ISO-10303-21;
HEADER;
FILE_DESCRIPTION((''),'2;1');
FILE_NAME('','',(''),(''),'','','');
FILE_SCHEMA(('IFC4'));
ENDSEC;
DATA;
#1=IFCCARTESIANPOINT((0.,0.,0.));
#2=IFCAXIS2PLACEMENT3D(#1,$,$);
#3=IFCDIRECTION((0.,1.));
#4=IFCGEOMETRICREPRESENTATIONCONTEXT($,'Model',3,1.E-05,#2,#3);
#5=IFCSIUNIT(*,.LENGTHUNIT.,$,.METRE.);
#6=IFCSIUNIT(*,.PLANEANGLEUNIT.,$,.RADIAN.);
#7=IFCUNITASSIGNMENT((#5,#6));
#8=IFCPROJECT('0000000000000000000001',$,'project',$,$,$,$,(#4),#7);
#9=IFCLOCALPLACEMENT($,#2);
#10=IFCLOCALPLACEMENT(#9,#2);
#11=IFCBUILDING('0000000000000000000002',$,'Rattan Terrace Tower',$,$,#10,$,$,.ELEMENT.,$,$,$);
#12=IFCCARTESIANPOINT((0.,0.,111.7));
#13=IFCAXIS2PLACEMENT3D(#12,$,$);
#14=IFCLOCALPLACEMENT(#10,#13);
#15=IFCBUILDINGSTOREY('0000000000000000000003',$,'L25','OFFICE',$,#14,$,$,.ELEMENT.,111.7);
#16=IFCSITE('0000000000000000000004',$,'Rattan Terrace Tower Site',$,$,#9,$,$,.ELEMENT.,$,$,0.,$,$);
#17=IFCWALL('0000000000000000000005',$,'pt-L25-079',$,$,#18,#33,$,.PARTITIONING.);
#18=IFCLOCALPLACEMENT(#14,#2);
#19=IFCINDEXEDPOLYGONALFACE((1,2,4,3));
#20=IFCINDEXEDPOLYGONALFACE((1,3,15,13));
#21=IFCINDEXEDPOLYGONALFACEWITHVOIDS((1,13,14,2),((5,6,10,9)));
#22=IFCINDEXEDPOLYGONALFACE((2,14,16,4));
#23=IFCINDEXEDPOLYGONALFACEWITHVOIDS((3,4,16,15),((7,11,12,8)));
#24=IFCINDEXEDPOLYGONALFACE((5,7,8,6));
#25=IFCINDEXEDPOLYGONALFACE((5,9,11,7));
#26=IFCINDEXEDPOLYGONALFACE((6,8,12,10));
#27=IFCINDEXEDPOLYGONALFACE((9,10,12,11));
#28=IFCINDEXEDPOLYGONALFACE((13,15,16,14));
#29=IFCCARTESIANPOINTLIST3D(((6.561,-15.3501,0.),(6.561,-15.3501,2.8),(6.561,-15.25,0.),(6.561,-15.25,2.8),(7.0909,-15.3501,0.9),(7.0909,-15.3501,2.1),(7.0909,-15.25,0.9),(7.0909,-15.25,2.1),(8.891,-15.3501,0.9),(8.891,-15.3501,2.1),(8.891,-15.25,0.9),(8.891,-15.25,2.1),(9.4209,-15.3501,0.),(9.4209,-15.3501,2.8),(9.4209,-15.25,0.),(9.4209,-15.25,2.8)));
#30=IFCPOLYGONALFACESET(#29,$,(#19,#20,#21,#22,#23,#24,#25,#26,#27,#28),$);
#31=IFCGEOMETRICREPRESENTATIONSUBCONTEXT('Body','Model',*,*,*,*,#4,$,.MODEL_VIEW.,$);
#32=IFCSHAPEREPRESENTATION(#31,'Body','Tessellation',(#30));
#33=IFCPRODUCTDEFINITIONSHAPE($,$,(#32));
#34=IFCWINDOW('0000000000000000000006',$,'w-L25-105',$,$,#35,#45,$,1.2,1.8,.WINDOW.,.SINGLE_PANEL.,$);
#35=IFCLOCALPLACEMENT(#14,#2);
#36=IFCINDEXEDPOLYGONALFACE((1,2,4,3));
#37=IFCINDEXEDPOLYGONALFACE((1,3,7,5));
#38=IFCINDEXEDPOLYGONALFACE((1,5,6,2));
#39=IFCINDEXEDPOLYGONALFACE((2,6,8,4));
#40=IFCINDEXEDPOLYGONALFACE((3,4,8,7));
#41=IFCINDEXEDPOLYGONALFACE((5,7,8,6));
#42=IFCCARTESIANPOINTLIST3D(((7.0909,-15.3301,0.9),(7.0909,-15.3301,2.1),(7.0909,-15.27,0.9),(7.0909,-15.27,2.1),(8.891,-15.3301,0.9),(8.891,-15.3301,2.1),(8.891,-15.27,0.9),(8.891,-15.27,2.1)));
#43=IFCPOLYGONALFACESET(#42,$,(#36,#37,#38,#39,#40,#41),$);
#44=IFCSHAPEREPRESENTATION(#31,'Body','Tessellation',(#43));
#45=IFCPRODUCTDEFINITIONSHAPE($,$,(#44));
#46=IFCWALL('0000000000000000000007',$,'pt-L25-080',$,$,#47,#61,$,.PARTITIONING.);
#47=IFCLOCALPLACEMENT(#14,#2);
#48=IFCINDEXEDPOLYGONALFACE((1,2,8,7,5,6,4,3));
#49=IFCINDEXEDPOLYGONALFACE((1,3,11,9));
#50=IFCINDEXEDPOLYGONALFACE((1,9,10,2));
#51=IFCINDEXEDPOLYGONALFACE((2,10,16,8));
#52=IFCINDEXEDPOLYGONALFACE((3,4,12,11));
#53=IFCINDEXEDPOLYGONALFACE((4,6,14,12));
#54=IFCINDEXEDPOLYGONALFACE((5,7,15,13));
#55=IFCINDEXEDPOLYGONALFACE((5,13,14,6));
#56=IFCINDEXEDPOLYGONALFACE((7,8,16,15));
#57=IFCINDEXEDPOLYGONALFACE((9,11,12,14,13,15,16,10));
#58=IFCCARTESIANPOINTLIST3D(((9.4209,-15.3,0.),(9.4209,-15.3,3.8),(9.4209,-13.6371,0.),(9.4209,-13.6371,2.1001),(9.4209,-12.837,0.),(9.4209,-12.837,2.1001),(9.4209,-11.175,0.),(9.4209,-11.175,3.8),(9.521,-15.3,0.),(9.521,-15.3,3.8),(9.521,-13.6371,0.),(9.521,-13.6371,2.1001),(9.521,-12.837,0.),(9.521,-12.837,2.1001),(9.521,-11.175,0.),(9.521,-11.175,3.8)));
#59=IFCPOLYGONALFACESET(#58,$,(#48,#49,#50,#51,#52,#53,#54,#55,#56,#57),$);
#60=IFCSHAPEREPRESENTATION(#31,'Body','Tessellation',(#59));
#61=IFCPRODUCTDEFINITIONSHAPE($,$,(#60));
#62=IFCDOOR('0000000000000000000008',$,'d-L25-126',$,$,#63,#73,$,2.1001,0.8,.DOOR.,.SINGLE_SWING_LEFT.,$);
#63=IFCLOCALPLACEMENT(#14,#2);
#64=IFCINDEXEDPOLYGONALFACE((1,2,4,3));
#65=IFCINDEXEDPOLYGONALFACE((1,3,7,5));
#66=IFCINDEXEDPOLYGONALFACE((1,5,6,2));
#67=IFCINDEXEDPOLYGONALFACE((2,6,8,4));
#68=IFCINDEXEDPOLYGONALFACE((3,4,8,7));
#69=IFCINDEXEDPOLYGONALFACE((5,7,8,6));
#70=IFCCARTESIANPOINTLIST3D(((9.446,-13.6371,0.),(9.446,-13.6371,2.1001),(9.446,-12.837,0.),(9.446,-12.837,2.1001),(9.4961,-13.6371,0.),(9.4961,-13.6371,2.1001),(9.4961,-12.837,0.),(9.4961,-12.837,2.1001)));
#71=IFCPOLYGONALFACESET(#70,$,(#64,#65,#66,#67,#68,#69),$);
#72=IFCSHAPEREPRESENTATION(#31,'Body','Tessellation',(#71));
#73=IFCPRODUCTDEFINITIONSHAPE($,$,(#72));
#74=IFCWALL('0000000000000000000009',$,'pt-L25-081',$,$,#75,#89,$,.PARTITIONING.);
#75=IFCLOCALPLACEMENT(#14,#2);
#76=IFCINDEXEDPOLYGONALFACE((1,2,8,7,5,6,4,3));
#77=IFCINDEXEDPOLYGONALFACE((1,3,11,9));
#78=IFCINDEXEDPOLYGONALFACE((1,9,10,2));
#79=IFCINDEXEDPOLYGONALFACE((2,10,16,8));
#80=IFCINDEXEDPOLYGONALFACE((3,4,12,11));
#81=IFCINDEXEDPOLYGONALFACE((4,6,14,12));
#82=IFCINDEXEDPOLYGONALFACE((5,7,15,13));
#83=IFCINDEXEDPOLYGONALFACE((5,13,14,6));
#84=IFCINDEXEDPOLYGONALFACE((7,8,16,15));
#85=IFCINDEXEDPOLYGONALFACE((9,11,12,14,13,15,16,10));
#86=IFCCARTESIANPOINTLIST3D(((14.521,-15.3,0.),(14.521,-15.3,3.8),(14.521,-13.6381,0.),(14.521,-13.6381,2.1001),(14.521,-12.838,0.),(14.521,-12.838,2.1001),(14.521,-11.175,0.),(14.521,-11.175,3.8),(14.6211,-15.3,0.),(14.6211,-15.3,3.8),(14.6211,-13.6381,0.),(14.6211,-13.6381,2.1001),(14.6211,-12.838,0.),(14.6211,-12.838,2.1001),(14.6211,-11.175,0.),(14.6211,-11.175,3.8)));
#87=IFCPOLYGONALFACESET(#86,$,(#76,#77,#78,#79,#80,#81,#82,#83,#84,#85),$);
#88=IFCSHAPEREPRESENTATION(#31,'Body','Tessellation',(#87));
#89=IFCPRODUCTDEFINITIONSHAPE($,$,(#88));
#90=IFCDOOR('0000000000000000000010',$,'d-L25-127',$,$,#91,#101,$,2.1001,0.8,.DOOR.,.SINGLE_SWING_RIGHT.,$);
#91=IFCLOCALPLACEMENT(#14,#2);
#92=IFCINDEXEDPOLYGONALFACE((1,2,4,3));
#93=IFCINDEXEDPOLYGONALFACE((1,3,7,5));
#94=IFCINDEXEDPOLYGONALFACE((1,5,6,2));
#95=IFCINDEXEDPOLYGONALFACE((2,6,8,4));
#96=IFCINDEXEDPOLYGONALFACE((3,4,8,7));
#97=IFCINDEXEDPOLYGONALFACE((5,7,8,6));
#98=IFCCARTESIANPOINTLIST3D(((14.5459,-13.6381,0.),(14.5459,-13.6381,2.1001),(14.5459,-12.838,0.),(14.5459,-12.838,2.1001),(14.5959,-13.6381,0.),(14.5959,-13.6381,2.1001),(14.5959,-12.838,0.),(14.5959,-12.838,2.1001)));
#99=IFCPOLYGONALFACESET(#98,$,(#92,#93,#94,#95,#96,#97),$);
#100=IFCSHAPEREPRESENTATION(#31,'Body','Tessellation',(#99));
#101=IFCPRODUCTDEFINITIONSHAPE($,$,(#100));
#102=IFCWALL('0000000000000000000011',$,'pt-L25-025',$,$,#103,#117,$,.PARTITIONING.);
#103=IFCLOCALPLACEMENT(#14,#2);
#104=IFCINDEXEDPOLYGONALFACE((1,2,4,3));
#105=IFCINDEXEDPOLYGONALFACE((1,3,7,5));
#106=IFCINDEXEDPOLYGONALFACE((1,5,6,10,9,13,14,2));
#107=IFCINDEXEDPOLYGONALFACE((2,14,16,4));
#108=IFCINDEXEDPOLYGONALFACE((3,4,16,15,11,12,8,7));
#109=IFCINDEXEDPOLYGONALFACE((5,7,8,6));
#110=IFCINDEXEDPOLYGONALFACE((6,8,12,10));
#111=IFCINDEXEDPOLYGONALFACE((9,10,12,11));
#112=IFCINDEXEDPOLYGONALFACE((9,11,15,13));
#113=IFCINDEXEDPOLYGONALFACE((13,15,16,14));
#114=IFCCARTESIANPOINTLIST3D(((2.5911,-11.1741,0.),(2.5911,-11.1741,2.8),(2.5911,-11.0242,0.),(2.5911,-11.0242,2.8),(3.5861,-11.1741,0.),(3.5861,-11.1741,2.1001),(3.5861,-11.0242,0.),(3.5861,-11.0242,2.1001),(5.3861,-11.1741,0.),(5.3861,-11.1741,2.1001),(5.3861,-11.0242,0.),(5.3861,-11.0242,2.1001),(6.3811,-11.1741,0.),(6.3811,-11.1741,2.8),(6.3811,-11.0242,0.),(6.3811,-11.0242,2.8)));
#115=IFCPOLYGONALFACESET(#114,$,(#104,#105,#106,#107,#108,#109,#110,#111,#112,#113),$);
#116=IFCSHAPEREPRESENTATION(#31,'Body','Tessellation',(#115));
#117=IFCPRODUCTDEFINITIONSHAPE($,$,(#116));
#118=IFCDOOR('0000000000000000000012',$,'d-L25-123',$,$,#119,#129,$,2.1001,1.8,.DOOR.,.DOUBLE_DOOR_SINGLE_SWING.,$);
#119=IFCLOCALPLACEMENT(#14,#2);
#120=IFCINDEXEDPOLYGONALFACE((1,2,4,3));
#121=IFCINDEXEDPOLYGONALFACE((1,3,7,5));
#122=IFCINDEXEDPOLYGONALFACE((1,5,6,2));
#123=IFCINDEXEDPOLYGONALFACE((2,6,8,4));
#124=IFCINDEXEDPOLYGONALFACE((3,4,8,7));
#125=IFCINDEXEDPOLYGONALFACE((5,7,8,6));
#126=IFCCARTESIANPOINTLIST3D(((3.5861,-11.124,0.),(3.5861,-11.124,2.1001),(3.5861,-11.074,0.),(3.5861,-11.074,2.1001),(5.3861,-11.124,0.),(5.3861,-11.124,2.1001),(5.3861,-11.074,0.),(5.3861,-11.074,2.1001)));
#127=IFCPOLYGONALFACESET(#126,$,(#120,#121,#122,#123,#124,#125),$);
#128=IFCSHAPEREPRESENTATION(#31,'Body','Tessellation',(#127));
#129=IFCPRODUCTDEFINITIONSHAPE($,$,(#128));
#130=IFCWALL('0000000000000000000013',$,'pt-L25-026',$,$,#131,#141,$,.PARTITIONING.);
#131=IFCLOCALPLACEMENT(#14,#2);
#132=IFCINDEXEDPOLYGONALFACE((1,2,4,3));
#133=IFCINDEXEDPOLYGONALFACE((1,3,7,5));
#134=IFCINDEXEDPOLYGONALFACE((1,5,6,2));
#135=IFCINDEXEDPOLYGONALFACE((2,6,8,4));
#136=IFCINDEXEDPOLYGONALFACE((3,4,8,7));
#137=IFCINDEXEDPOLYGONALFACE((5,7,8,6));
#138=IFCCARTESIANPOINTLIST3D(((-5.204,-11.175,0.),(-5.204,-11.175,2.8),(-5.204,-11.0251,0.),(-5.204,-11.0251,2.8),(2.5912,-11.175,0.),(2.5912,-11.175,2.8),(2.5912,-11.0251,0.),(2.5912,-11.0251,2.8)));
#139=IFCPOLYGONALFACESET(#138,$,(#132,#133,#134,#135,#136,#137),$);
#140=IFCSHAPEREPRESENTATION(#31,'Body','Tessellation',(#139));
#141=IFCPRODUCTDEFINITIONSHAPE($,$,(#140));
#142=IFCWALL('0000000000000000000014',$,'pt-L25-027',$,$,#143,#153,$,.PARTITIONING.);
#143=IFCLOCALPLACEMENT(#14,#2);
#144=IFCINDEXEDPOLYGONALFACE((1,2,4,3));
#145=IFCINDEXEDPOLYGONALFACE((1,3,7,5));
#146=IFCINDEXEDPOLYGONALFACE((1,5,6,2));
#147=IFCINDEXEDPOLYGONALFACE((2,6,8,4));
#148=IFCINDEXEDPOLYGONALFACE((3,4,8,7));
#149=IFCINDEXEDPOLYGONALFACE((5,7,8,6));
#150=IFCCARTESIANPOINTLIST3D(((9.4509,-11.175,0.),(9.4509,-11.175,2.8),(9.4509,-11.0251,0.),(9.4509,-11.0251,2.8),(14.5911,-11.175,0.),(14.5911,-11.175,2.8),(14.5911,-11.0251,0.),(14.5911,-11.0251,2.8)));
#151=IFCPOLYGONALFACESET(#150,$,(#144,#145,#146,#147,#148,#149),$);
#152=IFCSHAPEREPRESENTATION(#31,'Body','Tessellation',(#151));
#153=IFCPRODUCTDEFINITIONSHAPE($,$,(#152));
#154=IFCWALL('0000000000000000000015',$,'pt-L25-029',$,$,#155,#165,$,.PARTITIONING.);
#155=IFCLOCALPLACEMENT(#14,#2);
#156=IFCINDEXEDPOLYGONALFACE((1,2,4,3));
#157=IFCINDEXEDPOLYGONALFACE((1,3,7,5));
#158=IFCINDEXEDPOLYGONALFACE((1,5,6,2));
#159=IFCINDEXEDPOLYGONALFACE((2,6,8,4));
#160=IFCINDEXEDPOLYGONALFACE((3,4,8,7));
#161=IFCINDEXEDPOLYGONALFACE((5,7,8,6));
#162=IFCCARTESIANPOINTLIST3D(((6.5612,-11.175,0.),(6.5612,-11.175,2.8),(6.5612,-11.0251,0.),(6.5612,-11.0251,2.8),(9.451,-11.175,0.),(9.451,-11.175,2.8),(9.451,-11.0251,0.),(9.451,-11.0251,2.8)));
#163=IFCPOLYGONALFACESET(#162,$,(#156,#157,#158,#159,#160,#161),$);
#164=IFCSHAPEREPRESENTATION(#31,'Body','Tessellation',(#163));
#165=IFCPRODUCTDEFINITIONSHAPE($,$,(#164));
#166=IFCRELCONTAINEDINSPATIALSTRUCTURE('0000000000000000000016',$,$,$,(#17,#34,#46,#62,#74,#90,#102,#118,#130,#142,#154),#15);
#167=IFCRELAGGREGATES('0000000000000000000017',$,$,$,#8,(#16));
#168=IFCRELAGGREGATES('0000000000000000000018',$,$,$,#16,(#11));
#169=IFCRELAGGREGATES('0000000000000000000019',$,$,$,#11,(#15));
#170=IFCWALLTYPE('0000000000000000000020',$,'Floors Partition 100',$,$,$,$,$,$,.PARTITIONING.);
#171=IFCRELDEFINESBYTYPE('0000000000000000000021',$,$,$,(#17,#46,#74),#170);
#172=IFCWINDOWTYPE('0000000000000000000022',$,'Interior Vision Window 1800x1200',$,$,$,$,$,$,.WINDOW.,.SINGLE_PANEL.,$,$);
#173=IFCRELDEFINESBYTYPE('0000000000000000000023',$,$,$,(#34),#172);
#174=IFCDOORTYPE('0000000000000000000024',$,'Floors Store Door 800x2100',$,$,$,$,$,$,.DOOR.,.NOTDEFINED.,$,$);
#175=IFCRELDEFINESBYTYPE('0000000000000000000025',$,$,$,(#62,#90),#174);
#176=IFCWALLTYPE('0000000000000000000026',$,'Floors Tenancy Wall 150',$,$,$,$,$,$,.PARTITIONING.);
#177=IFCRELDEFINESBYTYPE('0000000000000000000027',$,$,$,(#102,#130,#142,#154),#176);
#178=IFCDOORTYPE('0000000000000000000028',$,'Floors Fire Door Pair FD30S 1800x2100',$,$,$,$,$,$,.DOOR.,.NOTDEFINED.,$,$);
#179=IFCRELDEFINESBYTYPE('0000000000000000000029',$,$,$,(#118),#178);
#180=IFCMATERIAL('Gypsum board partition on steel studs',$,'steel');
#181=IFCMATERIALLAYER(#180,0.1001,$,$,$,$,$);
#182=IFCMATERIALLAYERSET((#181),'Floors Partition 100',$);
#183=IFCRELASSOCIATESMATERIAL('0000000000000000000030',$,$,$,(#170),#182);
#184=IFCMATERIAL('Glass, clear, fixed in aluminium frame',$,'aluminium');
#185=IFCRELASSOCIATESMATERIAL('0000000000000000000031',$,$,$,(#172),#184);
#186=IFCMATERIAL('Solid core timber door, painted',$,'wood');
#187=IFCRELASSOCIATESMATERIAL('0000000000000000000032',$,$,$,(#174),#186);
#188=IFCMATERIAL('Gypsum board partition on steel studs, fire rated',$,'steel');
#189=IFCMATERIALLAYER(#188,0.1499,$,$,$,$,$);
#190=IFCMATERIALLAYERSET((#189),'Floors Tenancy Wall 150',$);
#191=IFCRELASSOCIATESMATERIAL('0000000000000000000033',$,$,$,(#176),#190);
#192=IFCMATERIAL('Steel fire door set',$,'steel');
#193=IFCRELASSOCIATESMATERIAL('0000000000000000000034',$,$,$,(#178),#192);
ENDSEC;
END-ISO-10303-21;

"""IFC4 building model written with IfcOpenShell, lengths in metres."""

from ifc_helpers import new_model, si_unit, direction, frame, frame_2d, origin, place, context, subcontext, project, spatial, rectangle, extrude, material, layer, layer_set, type_object, element, fill, save


model = new_model("IFC4")

# Units and contexts
model_context = context("Model", 3, precision=1e-05, world=origin(), true_north=direction((0.0, 1.0)))
body_context = subcontext(model_context, "Body", "Model", "MODEL_VIEW")
ifc_project = project(units=[si_unit("LENGTHUNIT", "METRE"), si_unit("PLANEANGLEUNIT", "RADIAN")], contexts=[model_context])

# Site, building, storey
site_placement = place(None, origin())
site = spatial("IfcSite", under=ifc_project, at=site_placement, Name="Rattan Terrace Tower Site", CompositionType="ELEMENT", RefElevation=0.0)
building_placement = place(site_placement, origin())
building = spatial("IfcBuilding", under=site, at=building_placement, Name="Rattan Terrace Tower", CompositionType="ELEMENT")
storey_placement = place(building_placement, frame((0.0, 0.0, 111.7)))
storey = spatial("IfcBuildingStorey", under=building, at=storey_placement, Name="L25", Description="OFFICE", CompositionType="ELEMENT", Elevation=111.7)

# Wall, opening, window
ifc_material_1 = material(Name="Gypsum board partition on steel studs", Category="steel")
ifc_layer_1 = layer(ifc_material_1, 0.1001)
ifc_layer_set_1 = layer_set([ifc_layer_1], Name="Floors Partition 100")
wall_type_1 = type_object("IfcWallType", Name="Floors Partition 100", PredefinedType="PARTITIONING", material=ifc_layer_set_1)
wall_1_placement = place(storey_placement, frame((6.561, -15.3, 0.0), z_axis=(0.0, 0.0, 1.0), x_axis=(1.0, 0.0, 0.0)))
wall_1 = element("IfcWall", 1, at=wall_1_placement, inside=storey, type_object=wall_type_1, Name="pt-L25-079", PredefinedType="PARTITIONING", context=body_context, shape_type="SweptSolid", body=[
    extrude(rectangle(XDim=2.8599, YDim=0.1001, at=frame_2d((1.4299, 0.0))), origin(), (0.0, 0.0, 1.0), 2.8),
])
opening_1_placement = place(wall_1_placement, frame((0.53, 0.0, 0.8999)))
opening_1 = element("IfcOpeningElement", 2, at=opening_1_placement, cuts=wall_1, PredefinedType="OPENING", context=body_context, shape_type="SweptSolid", body=[
    extrude(rectangle(XDim=1.8, YDim=1.2, at=frame_2d((0.8999, 0.6001))), frame((0.0, 0.0605, 0.0), z_axis=(0.0, -1.0, 0.0), x_axis=(1.0, 0.0, 0.0)), (0.0, 0.0, 1.0), 0.1211),
])
ifc_material_2 = material(Name="Glass, clear, fixed in aluminium frame", Category="aluminium")
window_type = type_object("IfcWindowType", Name="Interior Vision Window 1800x1200", PartitioningType="SINGLE_PANEL", PredefinedType="WINDOW", material=ifc_material_2)
window_placement = place(opening_1_placement, origin())
window = element("IfcWindow", 3, at=window_placement, inside=storey, type_object=window_type, Name="w-L25-105", OverallHeight=1.2, OverallWidth=1.8, PartitioningType="SINGLE_PANEL", PredefinedType="WINDOW", context=body_context, shape_type="SweptSolid", body=[
    extrude(rectangle(XDim=1.8, YDim=1.2, at=frame_2d((0.8999, 0.6001))), frame((0.0, 0.03, 0.0), z_axis=(0.0, -1.0, 0.0), x_axis=(1.0, 0.0, 0.0)), (0.0, 0.0, 1.0), 0.0601),
])
fill(opening_1, window)

# Walls, openings, doors
wall_2_placement = place(storey_placement, frame((9.4709, -15.3, 0.0), z_axis=(0.0, 0.0, 1.0), x_axis=(0.0, 1.0, 0.0)))
wall_2 = element("IfcWall", 4, at=wall_2_placement, inside=storey, type_object=wall_type_1, Name="pt-L25-080", PredefinedType="PARTITIONING", context=body_context, shape_type="SweptSolid", body=[
    extrude(rectangle(XDim=4.125, YDim=0.1001, at=frame_2d((2.0625, 0.0))), origin(), (0.0, 0.0, 1.0), 3.8),
])
opening_2_placement = place(wall_2_placement, frame((1.6631, 0.0, 0.0)))
opening_2 = element("IfcOpeningElement", 5, at=opening_2_placement, cuts=wall_2, PredefinedType="OPENING", context=body_context, shape_type="SweptSolid", body=[
    extrude(rectangle(XDim=0.8, YDim=2.1001, at=frame_2d((0.3999, 1.05))), frame((0.0, 0.0605, 0.0), z_axis=(0.0, -1.0, 0.0), x_axis=(1.0, 0.0, 0.0)), (0.0, 0.0, 1.0), 0.1211),
])
ifc_material_3 = material(Name="Solid core timber door, painted", Category="wood")
door_type_1 = type_object("IfcDoorType", Name="Floors Store Door 800x2100", OperationType="NOTDEFINED", PredefinedType="DOOR", material=ifc_material_3)
door_1_placement = place(opening_2_placement, origin())
door_1 = element("IfcDoor", 6, at=door_1_placement, inside=storey, type_object=door_type_1, Name="d-L25-126", OperationType="SINGLE_SWING_LEFT", OverallHeight=2.1001, OverallWidth=0.8, PredefinedType="DOOR", context=body_context, shape_type="SweptSolid", body=[
    extrude(rectangle(XDim=0.8, YDim=2.1001, at=frame_2d((0.3999, 1.05))), frame((0.0, 0.0249, 0.0), z_axis=(0.0, -1.0, 0.0), x_axis=(1.0, 0.0, 0.0)), (0.0, 0.0, 1.0), 0.05),
])
fill(opening_2, door_1)
wall_3_placement = place(storey_placement, frame((14.571, -11.175, 0.0), z_axis=(0.0, 0.0, 1.0), x_axis=(0.0, -1.0, 0.0)))
wall_3 = element("IfcWall", 7, at=wall_3_placement, inside=storey, type_object=wall_type_1, Name="pt-L25-081", PredefinedType="PARTITIONING", context=body_context, shape_type="SweptSolid", body=[
    extrude(rectangle(XDim=4.125, YDim=0.1001, at=frame_2d((2.0625, 0.0))), origin(), (0.0, 0.0, 1.0), 3.8),
])
opening_3_placement = place(wall_3_placement, frame((1.6631, 0.0, 0.0)))
opening_3 = element("IfcOpeningElement", 8, at=opening_3_placement, cuts=wall_3, PredefinedType="OPENING", context=body_context, shape_type="SweptSolid", body=[
    extrude(rectangle(XDim=0.8, YDim=2.1001, at=frame_2d((0.3999, 1.05))), frame((0.0, 0.0605, 0.0), z_axis=(0.0, -1.0, 0.0), x_axis=(1.0, 0.0, 0.0)), (0.0, 0.0, 1.0), 0.1211),
])
door_2_placement = place(opening_3_placement, origin())
door_2 = element("IfcDoor", 9, at=door_2_placement, inside=storey, type_object=door_type_1, Name="d-L25-127", OperationType="SINGLE_SWING_RIGHT", OverallHeight=2.1001, OverallWidth=0.8, PredefinedType="DOOR", context=body_context, shape_type="SweptSolid", body=[
    extrude(rectangle(XDim=0.8, YDim=2.1001, at=frame_2d((0.3999, 1.05))), frame((0.0, 0.0249, 0.0), z_axis=(0.0, -1.0, 0.0), x_axis=(1.0, 0.0, 0.0)), (0.0, 0.0, 1.0), 0.05),
])
fill(opening_3, door_2)
ifc_material_4 = material(Name="Gypsum board partition on steel studs, fire rated", Category="steel")
ifc_layer_2 = layer(ifc_material_4, 0.1499)
ifc_layer_set_2 = layer_set([ifc_layer_2], Name="Floors Tenancy Wall 150")
wall_type_2 = type_object("IfcWallType", Name="Floors Tenancy Wall 150", PredefinedType="PARTITIONING", material=ifc_layer_set_2)
wall_4_placement = place(storey_placement, frame((6.3811, -11.0991, 0.0), z_axis=(0.0, 0.0, 1.0), x_axis=(-1.0, 0.0, 0.0)))
wall_4 = element("IfcWall", 10, at=wall_4_placement, inside=storey, type_object=wall_type_2, Name="pt-L25-025", PredefinedType="PARTITIONING", context=body_context, shape_type="SweptSolid", body=[
    extrude(rectangle(XDim=3.79, YDim=0.1499, at=frame_2d((1.895, 0.0))), origin(), (0.0, 0.0, 1.0), 2.8),
])
opening_4_placement = place(wall_4_placement, frame((0.9951, 0.0, 0.0)))
opening_4 = element("IfcOpeningElement", 11, at=opening_4_placement, cuts=wall_4, PredefinedType="OPENING", context=body_context, shape_type="SweptSolid", body=[
    extrude(rectangle(XDim=1.8, YDim=2.1001, at=frame_2d((0.8999, 1.05))), frame((0.0, 0.0854, 0.0), z_axis=(0.0, -1.0, 0.0), x_axis=(1.0, 0.0, 0.0)), (0.0, 0.0, 1.0), 0.1709),
])
ifc_material_5 = material(Name="Steel fire door set", Category="steel")
door_type_2 = type_object("IfcDoorType", Name="Floors Fire Door Pair FD30S 1800x2100", OperationType="NOTDEFINED", PredefinedType="DOOR", material=ifc_material_5)
door_3_placement = place(opening_4_placement, origin())
door_3 = element("IfcDoor", 12, at=door_3_placement, inside=storey, type_object=door_type_2, Name="d-L25-123", OperationType="DOUBLE_DOOR_SINGLE_SWING", OverallHeight=2.1001, OverallWidth=1.8, PredefinedType="DOOR", context=body_context, shape_type="SweptSolid", body=[
    extrude(rectangle(XDim=1.8, YDim=2.1001, at=frame_2d((0.8999, 1.05))), frame((0.0, 0.0249, 0.0), z_axis=(0.0, -1.0, 0.0), x_axis=(1.0, 0.0, 0.0)), (0.0, 0.0, 1.0), 0.05),
])
fill(opening_4, door_3)

# Walls
wall_5_placement = place(storey_placement, frame((2.5911, -11.1001, 0.0), z_axis=(0.0, 0.0, 1.0), x_axis=(-1.0, 0.0, 0.0)))
element("IfcWall", 13, at=wall_5_placement, inside=storey, type_object=wall_type_2, Name="pt-L25-026", PredefinedType="PARTITIONING", context=body_context, shape_type="SweptSolid", body=[
    extrude(rectangle(XDim=7.7952, YDim=0.1499, at=frame_2d((3.8975, 0.0))), origin(), (0.0, 0.0, 1.0), 2.8),
])
wall_6_placement = place(storey_placement, frame((14.5911, -11.1001, 0.0), z_axis=(0.0, 0.0, 1.0), x_axis=(-1.0, 0.0, 0.0)))
element("IfcWall", 14, at=wall_6_placement, inside=storey, type_object=wall_type_2, Name="pt-L25-027", PredefinedType="PARTITIONING", context=body_context, shape_type="SweptSolid", body=[
    extrude(rectangle(XDim=5.1401, YDim=0.1499, at=frame_2d((2.5701, 0.0))), origin(), (0.0, 0.0, 1.0), 2.8),
])
wall_7_placement = place(storey_placement, frame((9.4509, -11.1001, 0.0), z_axis=(0.0, 0.0, 1.0), x_axis=(-1.0, 0.0, 0.0)))
element("IfcWall", 15, at=wall_7_placement, inside=storey, type_object=wall_type_2, Name="pt-L25-029", PredefinedType="PARTITIONING", context=body_context, shape_type="SweptSolid", body=[
    extrude(rectangle(XDim=2.8899, YDim=0.1499, at=frame_2d((1.4448, 0.0))), origin(), (0.0, 0.0, 1.0), 2.8),
])

save(model, "model.ifc")
